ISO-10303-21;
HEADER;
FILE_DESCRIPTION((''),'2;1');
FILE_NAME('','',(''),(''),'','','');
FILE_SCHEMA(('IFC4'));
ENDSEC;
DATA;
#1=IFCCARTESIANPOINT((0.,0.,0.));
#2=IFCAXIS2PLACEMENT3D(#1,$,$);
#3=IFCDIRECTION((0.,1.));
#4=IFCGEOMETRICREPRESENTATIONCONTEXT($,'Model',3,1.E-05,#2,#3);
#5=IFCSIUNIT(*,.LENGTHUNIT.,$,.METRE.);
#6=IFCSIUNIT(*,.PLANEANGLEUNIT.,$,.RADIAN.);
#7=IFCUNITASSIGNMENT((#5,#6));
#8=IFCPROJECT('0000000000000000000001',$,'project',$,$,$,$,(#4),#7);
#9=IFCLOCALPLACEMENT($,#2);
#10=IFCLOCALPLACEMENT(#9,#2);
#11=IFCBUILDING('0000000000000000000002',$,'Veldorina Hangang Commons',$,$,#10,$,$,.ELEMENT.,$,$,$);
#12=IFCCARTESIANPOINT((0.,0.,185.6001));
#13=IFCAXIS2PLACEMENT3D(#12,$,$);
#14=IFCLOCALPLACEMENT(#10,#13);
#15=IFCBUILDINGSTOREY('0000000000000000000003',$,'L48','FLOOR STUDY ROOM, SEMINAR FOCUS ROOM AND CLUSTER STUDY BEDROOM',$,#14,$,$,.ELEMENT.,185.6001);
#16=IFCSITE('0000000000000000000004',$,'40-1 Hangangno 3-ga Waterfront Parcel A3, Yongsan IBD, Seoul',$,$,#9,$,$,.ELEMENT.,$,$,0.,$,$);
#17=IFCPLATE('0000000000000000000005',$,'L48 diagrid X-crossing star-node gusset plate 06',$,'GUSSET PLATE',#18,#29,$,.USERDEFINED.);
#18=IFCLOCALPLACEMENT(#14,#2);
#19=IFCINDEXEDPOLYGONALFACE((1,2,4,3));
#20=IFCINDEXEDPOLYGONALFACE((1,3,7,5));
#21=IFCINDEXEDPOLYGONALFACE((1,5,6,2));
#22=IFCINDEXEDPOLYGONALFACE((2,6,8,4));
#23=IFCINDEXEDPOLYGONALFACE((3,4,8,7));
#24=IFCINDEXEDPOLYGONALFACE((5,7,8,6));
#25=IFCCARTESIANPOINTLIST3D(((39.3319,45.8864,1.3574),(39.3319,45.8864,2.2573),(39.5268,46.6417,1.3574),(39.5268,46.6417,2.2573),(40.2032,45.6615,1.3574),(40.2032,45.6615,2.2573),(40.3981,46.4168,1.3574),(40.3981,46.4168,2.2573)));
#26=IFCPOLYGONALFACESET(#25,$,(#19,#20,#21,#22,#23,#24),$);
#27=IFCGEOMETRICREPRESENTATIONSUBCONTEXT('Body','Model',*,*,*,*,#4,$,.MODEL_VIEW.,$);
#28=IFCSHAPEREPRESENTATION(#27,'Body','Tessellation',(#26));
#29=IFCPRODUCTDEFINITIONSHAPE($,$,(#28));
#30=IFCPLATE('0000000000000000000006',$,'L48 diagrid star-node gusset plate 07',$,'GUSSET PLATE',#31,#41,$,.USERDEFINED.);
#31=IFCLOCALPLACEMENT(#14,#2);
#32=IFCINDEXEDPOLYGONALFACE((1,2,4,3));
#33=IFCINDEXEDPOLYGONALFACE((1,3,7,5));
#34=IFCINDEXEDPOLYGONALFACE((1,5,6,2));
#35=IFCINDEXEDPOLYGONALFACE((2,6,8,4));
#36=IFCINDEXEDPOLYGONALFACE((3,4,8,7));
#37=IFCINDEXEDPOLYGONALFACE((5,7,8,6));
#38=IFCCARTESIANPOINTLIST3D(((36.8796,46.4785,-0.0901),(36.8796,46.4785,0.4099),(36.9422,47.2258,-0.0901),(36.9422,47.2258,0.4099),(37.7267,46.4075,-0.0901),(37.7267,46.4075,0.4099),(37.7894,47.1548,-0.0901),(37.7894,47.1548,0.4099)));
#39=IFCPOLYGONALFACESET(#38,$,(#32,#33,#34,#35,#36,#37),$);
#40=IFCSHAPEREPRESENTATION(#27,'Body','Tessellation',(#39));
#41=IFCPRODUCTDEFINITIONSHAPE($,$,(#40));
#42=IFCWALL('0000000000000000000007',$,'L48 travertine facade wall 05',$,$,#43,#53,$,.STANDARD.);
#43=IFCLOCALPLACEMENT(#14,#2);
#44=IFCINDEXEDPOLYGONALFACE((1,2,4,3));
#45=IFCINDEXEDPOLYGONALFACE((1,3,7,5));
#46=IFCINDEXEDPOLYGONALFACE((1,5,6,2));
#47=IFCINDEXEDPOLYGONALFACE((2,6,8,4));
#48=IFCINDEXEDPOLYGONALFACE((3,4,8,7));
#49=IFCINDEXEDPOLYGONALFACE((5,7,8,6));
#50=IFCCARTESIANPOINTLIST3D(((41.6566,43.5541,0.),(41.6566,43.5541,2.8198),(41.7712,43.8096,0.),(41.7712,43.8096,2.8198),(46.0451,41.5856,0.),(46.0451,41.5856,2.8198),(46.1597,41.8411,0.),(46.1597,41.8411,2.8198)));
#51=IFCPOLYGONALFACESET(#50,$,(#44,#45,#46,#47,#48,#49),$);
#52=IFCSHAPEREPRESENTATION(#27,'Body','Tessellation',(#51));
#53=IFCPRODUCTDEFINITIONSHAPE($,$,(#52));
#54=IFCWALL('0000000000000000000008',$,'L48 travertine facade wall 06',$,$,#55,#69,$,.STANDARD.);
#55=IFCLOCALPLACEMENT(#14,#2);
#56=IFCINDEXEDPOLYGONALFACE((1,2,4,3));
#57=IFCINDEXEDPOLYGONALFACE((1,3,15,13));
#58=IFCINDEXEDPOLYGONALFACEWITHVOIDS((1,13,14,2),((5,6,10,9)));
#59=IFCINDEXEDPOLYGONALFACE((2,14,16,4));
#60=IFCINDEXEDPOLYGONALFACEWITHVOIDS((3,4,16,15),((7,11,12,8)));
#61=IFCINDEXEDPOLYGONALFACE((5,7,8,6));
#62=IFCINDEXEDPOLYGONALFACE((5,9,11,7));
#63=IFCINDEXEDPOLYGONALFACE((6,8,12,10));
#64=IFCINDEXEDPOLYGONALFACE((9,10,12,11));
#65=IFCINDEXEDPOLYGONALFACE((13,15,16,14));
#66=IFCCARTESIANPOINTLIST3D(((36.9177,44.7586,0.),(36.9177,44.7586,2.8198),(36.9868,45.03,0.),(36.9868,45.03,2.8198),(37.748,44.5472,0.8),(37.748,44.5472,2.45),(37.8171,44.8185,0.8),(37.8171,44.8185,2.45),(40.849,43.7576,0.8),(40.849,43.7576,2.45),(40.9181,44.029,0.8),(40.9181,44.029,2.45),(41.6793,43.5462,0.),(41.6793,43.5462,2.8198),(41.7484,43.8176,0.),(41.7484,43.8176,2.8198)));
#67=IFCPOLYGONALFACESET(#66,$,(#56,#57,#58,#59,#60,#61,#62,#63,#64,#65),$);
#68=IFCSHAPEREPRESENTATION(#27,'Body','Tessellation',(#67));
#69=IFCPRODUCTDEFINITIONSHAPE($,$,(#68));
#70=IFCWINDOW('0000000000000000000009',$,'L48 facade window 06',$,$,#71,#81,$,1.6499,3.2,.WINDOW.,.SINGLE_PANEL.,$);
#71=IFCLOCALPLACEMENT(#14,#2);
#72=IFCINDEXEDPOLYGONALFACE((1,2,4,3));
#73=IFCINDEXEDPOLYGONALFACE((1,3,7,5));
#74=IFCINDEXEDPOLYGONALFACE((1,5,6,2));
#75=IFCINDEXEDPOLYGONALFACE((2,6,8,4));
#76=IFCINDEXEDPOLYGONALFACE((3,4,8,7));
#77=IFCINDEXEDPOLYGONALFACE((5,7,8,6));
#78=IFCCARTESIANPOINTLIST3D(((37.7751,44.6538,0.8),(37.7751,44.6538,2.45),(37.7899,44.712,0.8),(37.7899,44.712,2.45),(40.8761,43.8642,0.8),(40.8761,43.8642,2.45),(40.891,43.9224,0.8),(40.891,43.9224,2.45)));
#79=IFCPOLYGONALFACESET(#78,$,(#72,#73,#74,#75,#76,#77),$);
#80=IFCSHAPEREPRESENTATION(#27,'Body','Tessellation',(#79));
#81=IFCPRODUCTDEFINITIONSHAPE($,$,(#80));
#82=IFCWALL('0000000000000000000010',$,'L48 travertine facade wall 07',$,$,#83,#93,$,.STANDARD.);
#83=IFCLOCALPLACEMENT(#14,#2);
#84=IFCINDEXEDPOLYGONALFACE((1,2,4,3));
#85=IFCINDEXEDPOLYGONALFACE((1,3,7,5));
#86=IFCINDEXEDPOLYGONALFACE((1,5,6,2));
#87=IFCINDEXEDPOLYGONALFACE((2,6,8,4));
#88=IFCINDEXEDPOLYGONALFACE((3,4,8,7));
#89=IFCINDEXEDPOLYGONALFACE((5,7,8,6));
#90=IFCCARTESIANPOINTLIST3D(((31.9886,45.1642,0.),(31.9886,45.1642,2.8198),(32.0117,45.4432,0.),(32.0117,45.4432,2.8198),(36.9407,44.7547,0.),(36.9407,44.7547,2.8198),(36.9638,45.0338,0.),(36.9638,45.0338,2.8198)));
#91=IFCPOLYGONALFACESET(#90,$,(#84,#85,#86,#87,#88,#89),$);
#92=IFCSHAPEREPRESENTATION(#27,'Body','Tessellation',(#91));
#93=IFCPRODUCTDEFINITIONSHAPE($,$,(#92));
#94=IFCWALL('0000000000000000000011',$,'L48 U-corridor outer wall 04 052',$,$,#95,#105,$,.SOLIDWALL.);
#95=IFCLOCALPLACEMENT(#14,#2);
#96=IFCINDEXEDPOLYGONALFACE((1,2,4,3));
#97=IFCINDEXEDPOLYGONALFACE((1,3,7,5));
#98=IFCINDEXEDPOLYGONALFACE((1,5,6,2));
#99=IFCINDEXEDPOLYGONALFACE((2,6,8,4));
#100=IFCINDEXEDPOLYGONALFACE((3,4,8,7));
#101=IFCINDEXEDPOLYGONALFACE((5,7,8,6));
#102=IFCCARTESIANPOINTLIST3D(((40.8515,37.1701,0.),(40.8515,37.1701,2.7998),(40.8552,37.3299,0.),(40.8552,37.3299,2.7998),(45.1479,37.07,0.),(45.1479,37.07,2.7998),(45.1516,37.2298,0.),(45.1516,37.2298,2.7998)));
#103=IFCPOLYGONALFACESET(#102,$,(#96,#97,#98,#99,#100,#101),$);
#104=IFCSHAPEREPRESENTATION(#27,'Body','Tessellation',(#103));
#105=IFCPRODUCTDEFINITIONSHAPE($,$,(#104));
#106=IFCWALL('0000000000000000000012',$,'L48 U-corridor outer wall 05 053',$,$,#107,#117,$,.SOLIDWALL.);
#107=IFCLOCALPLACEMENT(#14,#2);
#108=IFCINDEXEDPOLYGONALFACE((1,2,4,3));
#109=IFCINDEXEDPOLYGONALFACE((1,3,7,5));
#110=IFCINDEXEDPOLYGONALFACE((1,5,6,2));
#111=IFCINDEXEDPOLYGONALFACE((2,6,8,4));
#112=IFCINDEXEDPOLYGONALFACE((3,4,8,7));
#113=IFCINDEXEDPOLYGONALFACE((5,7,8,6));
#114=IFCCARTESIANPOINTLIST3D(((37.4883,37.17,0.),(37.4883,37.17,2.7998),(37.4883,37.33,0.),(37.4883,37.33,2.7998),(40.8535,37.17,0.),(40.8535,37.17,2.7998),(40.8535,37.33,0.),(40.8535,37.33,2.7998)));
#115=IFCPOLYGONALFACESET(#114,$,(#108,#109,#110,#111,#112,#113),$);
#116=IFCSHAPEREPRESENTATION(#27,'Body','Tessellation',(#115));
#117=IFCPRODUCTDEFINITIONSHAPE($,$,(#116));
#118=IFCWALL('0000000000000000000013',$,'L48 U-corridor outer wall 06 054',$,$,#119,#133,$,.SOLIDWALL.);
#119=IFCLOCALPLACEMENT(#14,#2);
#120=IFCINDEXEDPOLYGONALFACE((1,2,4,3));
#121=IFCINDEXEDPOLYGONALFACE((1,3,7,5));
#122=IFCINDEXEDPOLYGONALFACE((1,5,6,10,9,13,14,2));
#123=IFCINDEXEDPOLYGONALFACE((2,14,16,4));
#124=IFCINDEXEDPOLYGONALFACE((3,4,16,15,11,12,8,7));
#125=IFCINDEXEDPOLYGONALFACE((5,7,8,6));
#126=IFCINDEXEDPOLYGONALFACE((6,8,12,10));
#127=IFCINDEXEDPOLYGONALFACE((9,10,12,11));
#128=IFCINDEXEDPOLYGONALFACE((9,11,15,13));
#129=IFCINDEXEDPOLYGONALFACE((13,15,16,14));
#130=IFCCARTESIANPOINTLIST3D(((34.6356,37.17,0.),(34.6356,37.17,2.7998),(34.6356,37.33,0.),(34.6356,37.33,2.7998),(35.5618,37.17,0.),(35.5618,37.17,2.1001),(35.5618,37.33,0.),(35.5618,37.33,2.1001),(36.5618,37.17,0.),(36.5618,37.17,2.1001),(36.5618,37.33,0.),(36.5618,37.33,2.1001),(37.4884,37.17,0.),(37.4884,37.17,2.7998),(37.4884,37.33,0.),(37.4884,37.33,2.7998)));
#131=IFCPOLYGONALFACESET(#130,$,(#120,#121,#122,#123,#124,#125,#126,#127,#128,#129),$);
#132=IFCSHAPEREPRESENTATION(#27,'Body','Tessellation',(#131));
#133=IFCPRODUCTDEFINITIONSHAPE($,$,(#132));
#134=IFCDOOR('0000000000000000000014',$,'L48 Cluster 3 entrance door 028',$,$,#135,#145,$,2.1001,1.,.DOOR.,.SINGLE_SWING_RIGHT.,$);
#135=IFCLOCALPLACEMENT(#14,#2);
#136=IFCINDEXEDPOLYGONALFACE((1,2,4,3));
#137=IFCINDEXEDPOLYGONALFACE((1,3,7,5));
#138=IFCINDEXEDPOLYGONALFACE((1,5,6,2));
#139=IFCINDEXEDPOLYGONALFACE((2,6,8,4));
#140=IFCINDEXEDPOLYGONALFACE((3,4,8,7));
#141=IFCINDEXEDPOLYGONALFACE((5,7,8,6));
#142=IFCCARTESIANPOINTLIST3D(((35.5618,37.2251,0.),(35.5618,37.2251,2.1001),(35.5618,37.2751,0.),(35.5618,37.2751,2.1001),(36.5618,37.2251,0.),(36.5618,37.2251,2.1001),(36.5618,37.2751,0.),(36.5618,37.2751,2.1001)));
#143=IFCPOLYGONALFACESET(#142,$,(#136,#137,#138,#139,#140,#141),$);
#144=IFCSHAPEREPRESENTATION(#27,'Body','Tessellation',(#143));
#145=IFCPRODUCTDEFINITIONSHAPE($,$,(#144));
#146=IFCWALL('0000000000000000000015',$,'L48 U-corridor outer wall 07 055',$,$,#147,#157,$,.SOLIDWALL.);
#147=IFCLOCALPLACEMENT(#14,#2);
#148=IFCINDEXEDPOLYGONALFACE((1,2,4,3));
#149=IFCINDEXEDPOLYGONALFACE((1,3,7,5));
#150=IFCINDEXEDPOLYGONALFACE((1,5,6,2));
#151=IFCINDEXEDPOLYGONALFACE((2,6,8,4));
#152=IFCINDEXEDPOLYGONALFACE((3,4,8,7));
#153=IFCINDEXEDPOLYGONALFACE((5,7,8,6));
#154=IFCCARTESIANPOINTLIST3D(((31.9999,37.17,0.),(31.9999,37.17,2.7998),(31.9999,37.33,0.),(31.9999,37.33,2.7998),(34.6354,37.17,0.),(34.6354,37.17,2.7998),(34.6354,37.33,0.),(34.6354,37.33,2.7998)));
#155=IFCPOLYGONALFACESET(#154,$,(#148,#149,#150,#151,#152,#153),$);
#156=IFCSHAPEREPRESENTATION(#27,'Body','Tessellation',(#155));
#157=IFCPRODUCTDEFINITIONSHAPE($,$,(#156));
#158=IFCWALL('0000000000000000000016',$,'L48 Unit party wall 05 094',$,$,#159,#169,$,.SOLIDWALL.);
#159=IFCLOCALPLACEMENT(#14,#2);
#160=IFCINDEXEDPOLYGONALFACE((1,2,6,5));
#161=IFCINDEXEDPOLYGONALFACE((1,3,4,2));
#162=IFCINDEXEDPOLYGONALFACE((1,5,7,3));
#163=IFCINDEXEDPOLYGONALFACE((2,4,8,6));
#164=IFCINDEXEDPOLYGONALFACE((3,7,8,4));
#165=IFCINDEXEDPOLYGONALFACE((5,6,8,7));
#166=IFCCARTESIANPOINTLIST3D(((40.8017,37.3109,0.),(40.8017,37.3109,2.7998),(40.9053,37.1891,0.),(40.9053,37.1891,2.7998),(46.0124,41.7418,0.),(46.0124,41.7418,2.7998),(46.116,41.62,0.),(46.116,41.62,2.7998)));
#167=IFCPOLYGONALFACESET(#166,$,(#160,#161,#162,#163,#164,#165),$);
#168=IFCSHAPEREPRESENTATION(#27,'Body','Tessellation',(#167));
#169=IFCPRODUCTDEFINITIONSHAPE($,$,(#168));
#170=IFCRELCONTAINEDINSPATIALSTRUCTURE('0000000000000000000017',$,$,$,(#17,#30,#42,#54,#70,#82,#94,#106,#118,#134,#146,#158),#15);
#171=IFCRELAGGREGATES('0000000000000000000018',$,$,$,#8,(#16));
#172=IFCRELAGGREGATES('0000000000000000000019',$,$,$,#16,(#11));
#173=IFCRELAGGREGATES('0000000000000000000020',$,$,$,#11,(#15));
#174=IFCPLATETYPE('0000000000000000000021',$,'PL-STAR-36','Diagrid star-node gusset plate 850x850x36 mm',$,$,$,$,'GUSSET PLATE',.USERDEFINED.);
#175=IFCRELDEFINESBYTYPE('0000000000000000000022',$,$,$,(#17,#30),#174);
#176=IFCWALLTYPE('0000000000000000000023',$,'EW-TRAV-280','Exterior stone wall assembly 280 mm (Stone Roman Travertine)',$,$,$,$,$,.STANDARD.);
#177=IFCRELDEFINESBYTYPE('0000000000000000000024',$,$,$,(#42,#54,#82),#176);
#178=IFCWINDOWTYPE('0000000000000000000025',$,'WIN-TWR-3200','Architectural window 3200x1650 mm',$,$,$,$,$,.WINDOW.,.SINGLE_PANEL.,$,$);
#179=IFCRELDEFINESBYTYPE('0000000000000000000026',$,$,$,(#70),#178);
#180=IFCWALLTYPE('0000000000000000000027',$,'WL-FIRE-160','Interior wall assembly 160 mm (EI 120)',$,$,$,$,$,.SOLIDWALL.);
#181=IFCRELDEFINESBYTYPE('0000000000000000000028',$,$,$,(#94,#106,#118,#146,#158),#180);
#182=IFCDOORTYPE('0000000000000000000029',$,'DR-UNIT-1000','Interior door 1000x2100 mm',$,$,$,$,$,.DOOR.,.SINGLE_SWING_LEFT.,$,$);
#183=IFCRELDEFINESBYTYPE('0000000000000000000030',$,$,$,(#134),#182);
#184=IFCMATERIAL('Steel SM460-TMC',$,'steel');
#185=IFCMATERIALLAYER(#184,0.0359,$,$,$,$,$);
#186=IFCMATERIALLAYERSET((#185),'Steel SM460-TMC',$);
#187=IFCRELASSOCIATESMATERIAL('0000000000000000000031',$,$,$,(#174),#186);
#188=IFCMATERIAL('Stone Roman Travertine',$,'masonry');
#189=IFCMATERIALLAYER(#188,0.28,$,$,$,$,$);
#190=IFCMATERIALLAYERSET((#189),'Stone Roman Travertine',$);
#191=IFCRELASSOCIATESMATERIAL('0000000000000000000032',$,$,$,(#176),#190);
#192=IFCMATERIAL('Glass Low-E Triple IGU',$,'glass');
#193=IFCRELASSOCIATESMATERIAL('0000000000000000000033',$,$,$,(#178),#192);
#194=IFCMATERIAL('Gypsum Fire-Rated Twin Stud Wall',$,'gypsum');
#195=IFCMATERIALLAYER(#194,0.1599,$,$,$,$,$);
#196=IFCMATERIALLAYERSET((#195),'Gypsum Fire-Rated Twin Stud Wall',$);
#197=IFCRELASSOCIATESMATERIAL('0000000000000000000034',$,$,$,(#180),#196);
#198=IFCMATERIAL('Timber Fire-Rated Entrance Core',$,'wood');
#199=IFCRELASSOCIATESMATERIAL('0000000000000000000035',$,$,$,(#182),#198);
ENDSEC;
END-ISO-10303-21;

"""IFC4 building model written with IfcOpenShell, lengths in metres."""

from ifc_helpers import new_model, si_unit, direction, frame, frame_2d, origin, origin_2d, place, context, subcontext, project, spatial, rectangle, extrude, material, layer, layer_set, type_object, element, fill, save


model = new_model("IFC4")

# Units and contexts
model_context = context("Model", 3, precision=1e-05, world=origin(), true_north=direction((0.0, 1.0)))
body_context = subcontext(model_context, "Body", "Model", "MODEL_VIEW")
ifc_project = project(units=[si_unit("LENGTHUNIT", "METRE"), si_unit("PLANEANGLEUNIT", "RADIAN")], contexts=[model_context])

# Site, building, storey
site_placement = place(None, origin())
site = spatial("IfcSite", under=ifc_project, at=site_placement, Name="40-1 Hangangno 3-ga Waterfront Parcel A3, Yongsan IBD, Seoul", CompositionType="ELEMENT", RefElevation=0.0)
building_placement = place(site_placement, origin())
building = spatial("IfcBuilding", under=site, at=building_placement, Name="Veldorina Hangang Commons", CompositionType="ELEMENT")
storey_placement = place(building_placement, frame((0.0, 0.0, 185.6001)))
storey = spatial("IfcBuildingStorey", under=building, at=storey_placement, Name="L48", Description="FLOOR STUDY ROOM, SEMINAR FOCUS ROOM AND CLUSTER STUDY BEDROOM", CompositionType="ELEMENT", Elevation=185.6001)

# Plates
ifc_material_1 = material(Name="Steel SM460-TMC", Category="steel")
ifc_layer_1 = layer(ifc_material_1, 0.0359)
ifc_layer_set_1 = layer_set([ifc_layer_1], Name="Steel SM460-TMC")
plate_type = type_object("IfcPlateType", Name="PL-STAR-36", Description="Diagrid star-node gusset plate 850x850x36 mm", ElementType="GUSSET PLATE", PredefinedType="USERDEFINED", material=ifc_layer_set_1)
plate_1_placement = place(storey_placement, frame((39.865, 46.1516, 1.3574), z_axis=(0.0, 0.0, 1.0), x_axis=(-0.968274, 0.24989, 0.0)))
element("IfcPlate", 1, at=plate_1_placement, inside=storey, type_object=plate_type, Name="L48 diagrid X-crossing star-node gusset plate 06", ObjectType="GUSSET PLATE", PredefinedType="USERDEFINED", context=body_context, shape_type="SweptSolid", body=[
    extrude(rectangle(XDim=0.8999, YDim=0.78, at=origin_2d()), origin(), (0.0, 0.0, 1.0), 0.8999),
])
plate_2_placement = place(storey_placement, frame((37.3345, 46.8167, -0.0901), z_axis=(0.0, 0.0, 1.0), x_axis=(-0.996507, 0.083504, 0.0)))
element("IfcPlate", 2, at=plate_2_placement, inside=storey, type_object=plate_type, Name="L48 diagrid star-node gusset plate 07", ObjectType="GUSSET PLATE", PredefinedType="USERDEFINED", context=body_context, shape_type="SweptSolid", body=[
    extrude(rectangle(XDim=0.8501, YDim=0.75, at=origin_2d()), origin(), (0.0, 0.0, 1.0), 0.5),
])

# Wall
ifc_material_2 = material(Name="Stone Roman Travertine", Category="masonry")
ifc_layer_2 = layer(ifc_material_2, 0.28)
ifc_layer_set_2 = layer_set([ifc_layer_2], Name="Stone Roman Travertine")
wall_type_1 = type_object("IfcWallType", Name="EW-TRAV-280", Description="Exterior stone wall assembly 280 mm (Stone Roman Travertine)", PredefinedType="STANDARD", material=ifc_layer_set_2)
wall_1_placement = place(storey_placement, frame((46.1023, 41.7134, 0.0), z_axis=(0.0, 0.0, 1.0), x_axis=(-0.91241, 0.409277, 0.0)))
element("IfcWall", 3, at=wall_1_placement, inside=storey, type_object=wall_type_1, Name="L48 travertine facade wall 05", PredefinedType="STANDARD", context=body_context, shape_type="SweptSolid", body=[
    extrude(rectangle(XDim=4.8098, YDim=0.28, at=frame_2d((2.4048, 0.0))), origin(), (0.0, 0.0, 1.0), 2.8198),
])

# Wall, opening, window
wall_2_placement = place(storey_placement, frame((41.7139, 43.6819, 0.0), z_axis=(0.0, 0.0, 1.0), x_axis=(-0.969081, 0.246742, 0.0)))
wall_2 = element("IfcWall", 4, at=wall_2_placement, inside=storey, type_object=wall_type_1, Name="L48 travertine facade wall 06", PredefinedType="STANDARD", context=body_context, shape_type="SweptSolid", body=[
    extrude(rectangle(XDim=4.9136, YDim=0.28, at=frame_2d((2.4568, 0.0))), origin(), (0.0, 0.0, 1.0), 2.8198),
])
opening_1_placement = place(wall_2_placement, frame((0.8567, 0.0, 0.8)))
opening_1 = element("IfcOpeningElement", 5, at=opening_1_placement, cuts=wall_2, PredefinedType="OPENING", context=body_context, shape_type="SweptSolid", body=[
    extrude(rectangle(XDim=3.2, YDim=1.6499, at=frame_2d((1.6001, 0.825))), frame((0.0, 0.1499, 0.0), z_axis=(0.0, -1.0, 0.0), x_axis=(1.0, 0.0, 0.0)), (0.0, 0.0, 1.0), 0.3),
])
ifc_material_3 = material(Name="Glass Low-E Triple IGU", Category="glass")
window_type = type_object("IfcWindowType", Name="WIN-TWR-3200", Description="Architectural window 3200x1650 mm", PartitioningType="SINGLE_PANEL", PredefinedType="WINDOW", material=ifc_material_3)
window_placement = place(opening_1_placement, origin())
window = element("IfcWindow", 6, at=window_placement, inside=storey, type_object=window_type, Name="L48 facade window 06", OverallHeight=1.6499, OverallWidth=3.2, PartitioningType="SINGLE_PANEL", PredefinedType="WINDOW", context=body_context, shape_type="SweptSolid", body=[
    extrude(rectangle(XDim=3.2, YDim=1.6499, at=frame_2d((1.6001, 0.825))), frame((0.0, 0.03, 0.0), z_axis=(0.0, -1.0, 0.0), x_axis=(1.0, 0.0, 0.0)), (0.0, 0.0, 1.0), 0.0601),
])
fill(opening_1, window)

# Walls
wall_3_placement = place(storey_placement, frame((36.9521, 44.8943, 0.0), z_axis=(0.0, 0.0, 1.0), x_axis=(-0.9966, 0.082395, 0.0)))
element("IfcWall", 7, at=wall_3_placement, inside=storey, type_object=wall_type_1, Name="L48 travertine facade wall 07", PredefinedType="STANDARD", context=body_context, shape_type="SweptSolid", body=[
    extrude(rectangle(XDim=4.969, YDim=0.28, at=frame_2d((2.4844, 0.0))), origin(), (0.0, 0.0, 1.0), 2.8198),
])
ifc_material_4 = material(Name="Gypsum Fire-Rated Twin Stud Wall", Category="gypsum")
ifc_layer_3 = layer(ifc_material_4, 0.1599)
ifc_layer_set_3 = layer_set([ifc_layer_3], Name="Gypsum Fire-Rated Twin Stud Wall")
wall_type_2 = type_object("IfcWallType", Name="WL-FIRE-160", Description="Interior wall assembly 160 mm (EI 120)", PredefinedType="SOLIDWALL", material=ifc_layer_set_3)
wall_4_placement = place(storey_placement, frame((45.1499, 37.1499, 0.0), z_axis=(0.0, 0.0, 1.0), x_axis=(-0.999729, 0.023292, 0.0)))
element("IfcWall", 8, at=wall_4_placement, inside=storey, type_object=wall_type_2, Name="L48 U-corridor outer wall 04 052", PredefinedType="SOLIDWALL", context=body_context, shape_type="SweptSolid", body=[
    extrude(rectangle(XDim=4.2976, YDim=0.1599, at=frame_2d((2.1489, 0.0))), origin(), (0.0, 0.0, 1.0), 2.7998),
])
wall_5_placement = place(storey_placement, frame((40.8535, 37.25, 0.0), z_axis=(0.0, 0.0, 1.0), x_axis=(-1.0, 0.0, 0.0)))
element("IfcWall", 9, at=wall_5_placement, inside=storey, type_object=wall_type_2, Name="L48 U-corridor outer wall 05 053", PredefinedType="SOLIDWALL", context=body_context, shape_type="SweptSolid", body=[
    extrude(rectangle(XDim=3.3652, YDim=0.1599, at=frame_2d((1.6826, 0.0))), origin(), (0.0, 0.0, 1.0), 2.7998),
])

# Wall, opening, door
wall_6_placement = place(storey_placement, frame((37.4883, 37.25, 0.0), z_axis=(0.0, 0.0, 1.0), x_axis=(-1.0, 0.0, 0.0)))
wall_6 = element("IfcWall", 10, at=wall_6_placement, inside=storey, type_object=wall_type_2, Name="L48 U-corridor outer wall 06 054", PredefinedType="SOLIDWALL", context=body_context, shape_type="SweptSolid", body=[
    extrude(rectangle(XDim=2.8528, YDim=0.1599, at=frame_2d((1.4263, 0.0))), origin(), (0.0, 0.0, 1.0), 2.7998),
])
opening_2_placement = place(wall_6_placement, frame((0.9265, 0.0, 0.0)))
opening_2 = element("IfcOpeningElement", 11, at=opening_2_placement, cuts=wall_6, PredefinedType="OPENING", context=body_context, shape_type="SweptSolid", body=[
    extrude(rectangle(XDim=1.0, YDim=2.1001, at=frame_2d((0.5, 1.05))), frame((0.0, 0.0898, 0.0), z_axis=(0.0, -1.0, 0.0), x_axis=(1.0, 0.0, 0.0)), (0.0, 0.0, 1.0), 0.1799),
])
ifc_material_5 = material(Name="Timber Fire-Rated Entrance Core", Category="wood")
door_type_1 = type_object("IfcDoorType", Name="DR-UNIT-1000", Description="Interior door 1000x2100 mm", OperationType="SINGLE_SWING_LEFT", PredefinedType="DOOR", material=ifc_material_5)
door_1_placement = place(opening_2_placement, origin())
door_1 = element("IfcDoor", 12, at=door_1_placement, inside=storey, type_object=door_type_1, Name="L48 Cluster 3 entrance door 028", OperationType="SINGLE_SWING_RIGHT", OverallHeight=2.1001, OverallWidth=1.0, PredefinedType="DOOR", context=body_context, shape_type="SweptSolid", body=[
    extrude(rectangle(XDim=1.0, YDim=2.1001, at=frame_2d((0.5, 1.05))), frame((0.0, 0.0249, 0.0), z_axis=(0.0, -1.0, 0.0), x_axis=(1.0, 0.0, 0.0)), (0.0, 0.0, 1.0), 0.05),
])
fill(opening_2, door_1)

# Walls
wall_7_placement = place(storey_placement, frame((34.6355, 37.25, 0.0), z_axis=(0.0, 0.0, 1.0), x_axis=(-1.0, 0.0, 0.0)))
element("IfcWall", 13, at=wall_7_placement, inside=storey, type_object=wall_type_2, Name="L48 U-corridor outer wall 07 055", PredefinedType="SOLIDWALL", context=body_context, shape_type="SweptSolid", body=[
    extrude(rectangle(XDim=2.6355, YDim=0.1599, at=frame_2d((1.3179, 0.0))), origin(), (0.0, 0.0, 1.0), 2.7998),
])
wall_8_placement = place(storey_placement, frame((40.8535, 37.25, 0.0), z_axis=(0.0, 0.0, 1.0), x_axis=(0.761808, 0.647803, 0.0)))
element("IfcWall", 14, at=wall_8_placement, inside=storey, type_object=wall_type_2, Name="L48 Unit party wall 05 094", PredefinedType="SOLIDWALL", context=body_context, shape_type="SweptSolid", body=[
    extrude(rectangle(XDim=6.8398, YDim=0.1599, at=frame_2d((3.4199, 0.0))), origin(), (0.0, 0.0, 1.0), 2.7998),
])

save(model, "model.ifc")
